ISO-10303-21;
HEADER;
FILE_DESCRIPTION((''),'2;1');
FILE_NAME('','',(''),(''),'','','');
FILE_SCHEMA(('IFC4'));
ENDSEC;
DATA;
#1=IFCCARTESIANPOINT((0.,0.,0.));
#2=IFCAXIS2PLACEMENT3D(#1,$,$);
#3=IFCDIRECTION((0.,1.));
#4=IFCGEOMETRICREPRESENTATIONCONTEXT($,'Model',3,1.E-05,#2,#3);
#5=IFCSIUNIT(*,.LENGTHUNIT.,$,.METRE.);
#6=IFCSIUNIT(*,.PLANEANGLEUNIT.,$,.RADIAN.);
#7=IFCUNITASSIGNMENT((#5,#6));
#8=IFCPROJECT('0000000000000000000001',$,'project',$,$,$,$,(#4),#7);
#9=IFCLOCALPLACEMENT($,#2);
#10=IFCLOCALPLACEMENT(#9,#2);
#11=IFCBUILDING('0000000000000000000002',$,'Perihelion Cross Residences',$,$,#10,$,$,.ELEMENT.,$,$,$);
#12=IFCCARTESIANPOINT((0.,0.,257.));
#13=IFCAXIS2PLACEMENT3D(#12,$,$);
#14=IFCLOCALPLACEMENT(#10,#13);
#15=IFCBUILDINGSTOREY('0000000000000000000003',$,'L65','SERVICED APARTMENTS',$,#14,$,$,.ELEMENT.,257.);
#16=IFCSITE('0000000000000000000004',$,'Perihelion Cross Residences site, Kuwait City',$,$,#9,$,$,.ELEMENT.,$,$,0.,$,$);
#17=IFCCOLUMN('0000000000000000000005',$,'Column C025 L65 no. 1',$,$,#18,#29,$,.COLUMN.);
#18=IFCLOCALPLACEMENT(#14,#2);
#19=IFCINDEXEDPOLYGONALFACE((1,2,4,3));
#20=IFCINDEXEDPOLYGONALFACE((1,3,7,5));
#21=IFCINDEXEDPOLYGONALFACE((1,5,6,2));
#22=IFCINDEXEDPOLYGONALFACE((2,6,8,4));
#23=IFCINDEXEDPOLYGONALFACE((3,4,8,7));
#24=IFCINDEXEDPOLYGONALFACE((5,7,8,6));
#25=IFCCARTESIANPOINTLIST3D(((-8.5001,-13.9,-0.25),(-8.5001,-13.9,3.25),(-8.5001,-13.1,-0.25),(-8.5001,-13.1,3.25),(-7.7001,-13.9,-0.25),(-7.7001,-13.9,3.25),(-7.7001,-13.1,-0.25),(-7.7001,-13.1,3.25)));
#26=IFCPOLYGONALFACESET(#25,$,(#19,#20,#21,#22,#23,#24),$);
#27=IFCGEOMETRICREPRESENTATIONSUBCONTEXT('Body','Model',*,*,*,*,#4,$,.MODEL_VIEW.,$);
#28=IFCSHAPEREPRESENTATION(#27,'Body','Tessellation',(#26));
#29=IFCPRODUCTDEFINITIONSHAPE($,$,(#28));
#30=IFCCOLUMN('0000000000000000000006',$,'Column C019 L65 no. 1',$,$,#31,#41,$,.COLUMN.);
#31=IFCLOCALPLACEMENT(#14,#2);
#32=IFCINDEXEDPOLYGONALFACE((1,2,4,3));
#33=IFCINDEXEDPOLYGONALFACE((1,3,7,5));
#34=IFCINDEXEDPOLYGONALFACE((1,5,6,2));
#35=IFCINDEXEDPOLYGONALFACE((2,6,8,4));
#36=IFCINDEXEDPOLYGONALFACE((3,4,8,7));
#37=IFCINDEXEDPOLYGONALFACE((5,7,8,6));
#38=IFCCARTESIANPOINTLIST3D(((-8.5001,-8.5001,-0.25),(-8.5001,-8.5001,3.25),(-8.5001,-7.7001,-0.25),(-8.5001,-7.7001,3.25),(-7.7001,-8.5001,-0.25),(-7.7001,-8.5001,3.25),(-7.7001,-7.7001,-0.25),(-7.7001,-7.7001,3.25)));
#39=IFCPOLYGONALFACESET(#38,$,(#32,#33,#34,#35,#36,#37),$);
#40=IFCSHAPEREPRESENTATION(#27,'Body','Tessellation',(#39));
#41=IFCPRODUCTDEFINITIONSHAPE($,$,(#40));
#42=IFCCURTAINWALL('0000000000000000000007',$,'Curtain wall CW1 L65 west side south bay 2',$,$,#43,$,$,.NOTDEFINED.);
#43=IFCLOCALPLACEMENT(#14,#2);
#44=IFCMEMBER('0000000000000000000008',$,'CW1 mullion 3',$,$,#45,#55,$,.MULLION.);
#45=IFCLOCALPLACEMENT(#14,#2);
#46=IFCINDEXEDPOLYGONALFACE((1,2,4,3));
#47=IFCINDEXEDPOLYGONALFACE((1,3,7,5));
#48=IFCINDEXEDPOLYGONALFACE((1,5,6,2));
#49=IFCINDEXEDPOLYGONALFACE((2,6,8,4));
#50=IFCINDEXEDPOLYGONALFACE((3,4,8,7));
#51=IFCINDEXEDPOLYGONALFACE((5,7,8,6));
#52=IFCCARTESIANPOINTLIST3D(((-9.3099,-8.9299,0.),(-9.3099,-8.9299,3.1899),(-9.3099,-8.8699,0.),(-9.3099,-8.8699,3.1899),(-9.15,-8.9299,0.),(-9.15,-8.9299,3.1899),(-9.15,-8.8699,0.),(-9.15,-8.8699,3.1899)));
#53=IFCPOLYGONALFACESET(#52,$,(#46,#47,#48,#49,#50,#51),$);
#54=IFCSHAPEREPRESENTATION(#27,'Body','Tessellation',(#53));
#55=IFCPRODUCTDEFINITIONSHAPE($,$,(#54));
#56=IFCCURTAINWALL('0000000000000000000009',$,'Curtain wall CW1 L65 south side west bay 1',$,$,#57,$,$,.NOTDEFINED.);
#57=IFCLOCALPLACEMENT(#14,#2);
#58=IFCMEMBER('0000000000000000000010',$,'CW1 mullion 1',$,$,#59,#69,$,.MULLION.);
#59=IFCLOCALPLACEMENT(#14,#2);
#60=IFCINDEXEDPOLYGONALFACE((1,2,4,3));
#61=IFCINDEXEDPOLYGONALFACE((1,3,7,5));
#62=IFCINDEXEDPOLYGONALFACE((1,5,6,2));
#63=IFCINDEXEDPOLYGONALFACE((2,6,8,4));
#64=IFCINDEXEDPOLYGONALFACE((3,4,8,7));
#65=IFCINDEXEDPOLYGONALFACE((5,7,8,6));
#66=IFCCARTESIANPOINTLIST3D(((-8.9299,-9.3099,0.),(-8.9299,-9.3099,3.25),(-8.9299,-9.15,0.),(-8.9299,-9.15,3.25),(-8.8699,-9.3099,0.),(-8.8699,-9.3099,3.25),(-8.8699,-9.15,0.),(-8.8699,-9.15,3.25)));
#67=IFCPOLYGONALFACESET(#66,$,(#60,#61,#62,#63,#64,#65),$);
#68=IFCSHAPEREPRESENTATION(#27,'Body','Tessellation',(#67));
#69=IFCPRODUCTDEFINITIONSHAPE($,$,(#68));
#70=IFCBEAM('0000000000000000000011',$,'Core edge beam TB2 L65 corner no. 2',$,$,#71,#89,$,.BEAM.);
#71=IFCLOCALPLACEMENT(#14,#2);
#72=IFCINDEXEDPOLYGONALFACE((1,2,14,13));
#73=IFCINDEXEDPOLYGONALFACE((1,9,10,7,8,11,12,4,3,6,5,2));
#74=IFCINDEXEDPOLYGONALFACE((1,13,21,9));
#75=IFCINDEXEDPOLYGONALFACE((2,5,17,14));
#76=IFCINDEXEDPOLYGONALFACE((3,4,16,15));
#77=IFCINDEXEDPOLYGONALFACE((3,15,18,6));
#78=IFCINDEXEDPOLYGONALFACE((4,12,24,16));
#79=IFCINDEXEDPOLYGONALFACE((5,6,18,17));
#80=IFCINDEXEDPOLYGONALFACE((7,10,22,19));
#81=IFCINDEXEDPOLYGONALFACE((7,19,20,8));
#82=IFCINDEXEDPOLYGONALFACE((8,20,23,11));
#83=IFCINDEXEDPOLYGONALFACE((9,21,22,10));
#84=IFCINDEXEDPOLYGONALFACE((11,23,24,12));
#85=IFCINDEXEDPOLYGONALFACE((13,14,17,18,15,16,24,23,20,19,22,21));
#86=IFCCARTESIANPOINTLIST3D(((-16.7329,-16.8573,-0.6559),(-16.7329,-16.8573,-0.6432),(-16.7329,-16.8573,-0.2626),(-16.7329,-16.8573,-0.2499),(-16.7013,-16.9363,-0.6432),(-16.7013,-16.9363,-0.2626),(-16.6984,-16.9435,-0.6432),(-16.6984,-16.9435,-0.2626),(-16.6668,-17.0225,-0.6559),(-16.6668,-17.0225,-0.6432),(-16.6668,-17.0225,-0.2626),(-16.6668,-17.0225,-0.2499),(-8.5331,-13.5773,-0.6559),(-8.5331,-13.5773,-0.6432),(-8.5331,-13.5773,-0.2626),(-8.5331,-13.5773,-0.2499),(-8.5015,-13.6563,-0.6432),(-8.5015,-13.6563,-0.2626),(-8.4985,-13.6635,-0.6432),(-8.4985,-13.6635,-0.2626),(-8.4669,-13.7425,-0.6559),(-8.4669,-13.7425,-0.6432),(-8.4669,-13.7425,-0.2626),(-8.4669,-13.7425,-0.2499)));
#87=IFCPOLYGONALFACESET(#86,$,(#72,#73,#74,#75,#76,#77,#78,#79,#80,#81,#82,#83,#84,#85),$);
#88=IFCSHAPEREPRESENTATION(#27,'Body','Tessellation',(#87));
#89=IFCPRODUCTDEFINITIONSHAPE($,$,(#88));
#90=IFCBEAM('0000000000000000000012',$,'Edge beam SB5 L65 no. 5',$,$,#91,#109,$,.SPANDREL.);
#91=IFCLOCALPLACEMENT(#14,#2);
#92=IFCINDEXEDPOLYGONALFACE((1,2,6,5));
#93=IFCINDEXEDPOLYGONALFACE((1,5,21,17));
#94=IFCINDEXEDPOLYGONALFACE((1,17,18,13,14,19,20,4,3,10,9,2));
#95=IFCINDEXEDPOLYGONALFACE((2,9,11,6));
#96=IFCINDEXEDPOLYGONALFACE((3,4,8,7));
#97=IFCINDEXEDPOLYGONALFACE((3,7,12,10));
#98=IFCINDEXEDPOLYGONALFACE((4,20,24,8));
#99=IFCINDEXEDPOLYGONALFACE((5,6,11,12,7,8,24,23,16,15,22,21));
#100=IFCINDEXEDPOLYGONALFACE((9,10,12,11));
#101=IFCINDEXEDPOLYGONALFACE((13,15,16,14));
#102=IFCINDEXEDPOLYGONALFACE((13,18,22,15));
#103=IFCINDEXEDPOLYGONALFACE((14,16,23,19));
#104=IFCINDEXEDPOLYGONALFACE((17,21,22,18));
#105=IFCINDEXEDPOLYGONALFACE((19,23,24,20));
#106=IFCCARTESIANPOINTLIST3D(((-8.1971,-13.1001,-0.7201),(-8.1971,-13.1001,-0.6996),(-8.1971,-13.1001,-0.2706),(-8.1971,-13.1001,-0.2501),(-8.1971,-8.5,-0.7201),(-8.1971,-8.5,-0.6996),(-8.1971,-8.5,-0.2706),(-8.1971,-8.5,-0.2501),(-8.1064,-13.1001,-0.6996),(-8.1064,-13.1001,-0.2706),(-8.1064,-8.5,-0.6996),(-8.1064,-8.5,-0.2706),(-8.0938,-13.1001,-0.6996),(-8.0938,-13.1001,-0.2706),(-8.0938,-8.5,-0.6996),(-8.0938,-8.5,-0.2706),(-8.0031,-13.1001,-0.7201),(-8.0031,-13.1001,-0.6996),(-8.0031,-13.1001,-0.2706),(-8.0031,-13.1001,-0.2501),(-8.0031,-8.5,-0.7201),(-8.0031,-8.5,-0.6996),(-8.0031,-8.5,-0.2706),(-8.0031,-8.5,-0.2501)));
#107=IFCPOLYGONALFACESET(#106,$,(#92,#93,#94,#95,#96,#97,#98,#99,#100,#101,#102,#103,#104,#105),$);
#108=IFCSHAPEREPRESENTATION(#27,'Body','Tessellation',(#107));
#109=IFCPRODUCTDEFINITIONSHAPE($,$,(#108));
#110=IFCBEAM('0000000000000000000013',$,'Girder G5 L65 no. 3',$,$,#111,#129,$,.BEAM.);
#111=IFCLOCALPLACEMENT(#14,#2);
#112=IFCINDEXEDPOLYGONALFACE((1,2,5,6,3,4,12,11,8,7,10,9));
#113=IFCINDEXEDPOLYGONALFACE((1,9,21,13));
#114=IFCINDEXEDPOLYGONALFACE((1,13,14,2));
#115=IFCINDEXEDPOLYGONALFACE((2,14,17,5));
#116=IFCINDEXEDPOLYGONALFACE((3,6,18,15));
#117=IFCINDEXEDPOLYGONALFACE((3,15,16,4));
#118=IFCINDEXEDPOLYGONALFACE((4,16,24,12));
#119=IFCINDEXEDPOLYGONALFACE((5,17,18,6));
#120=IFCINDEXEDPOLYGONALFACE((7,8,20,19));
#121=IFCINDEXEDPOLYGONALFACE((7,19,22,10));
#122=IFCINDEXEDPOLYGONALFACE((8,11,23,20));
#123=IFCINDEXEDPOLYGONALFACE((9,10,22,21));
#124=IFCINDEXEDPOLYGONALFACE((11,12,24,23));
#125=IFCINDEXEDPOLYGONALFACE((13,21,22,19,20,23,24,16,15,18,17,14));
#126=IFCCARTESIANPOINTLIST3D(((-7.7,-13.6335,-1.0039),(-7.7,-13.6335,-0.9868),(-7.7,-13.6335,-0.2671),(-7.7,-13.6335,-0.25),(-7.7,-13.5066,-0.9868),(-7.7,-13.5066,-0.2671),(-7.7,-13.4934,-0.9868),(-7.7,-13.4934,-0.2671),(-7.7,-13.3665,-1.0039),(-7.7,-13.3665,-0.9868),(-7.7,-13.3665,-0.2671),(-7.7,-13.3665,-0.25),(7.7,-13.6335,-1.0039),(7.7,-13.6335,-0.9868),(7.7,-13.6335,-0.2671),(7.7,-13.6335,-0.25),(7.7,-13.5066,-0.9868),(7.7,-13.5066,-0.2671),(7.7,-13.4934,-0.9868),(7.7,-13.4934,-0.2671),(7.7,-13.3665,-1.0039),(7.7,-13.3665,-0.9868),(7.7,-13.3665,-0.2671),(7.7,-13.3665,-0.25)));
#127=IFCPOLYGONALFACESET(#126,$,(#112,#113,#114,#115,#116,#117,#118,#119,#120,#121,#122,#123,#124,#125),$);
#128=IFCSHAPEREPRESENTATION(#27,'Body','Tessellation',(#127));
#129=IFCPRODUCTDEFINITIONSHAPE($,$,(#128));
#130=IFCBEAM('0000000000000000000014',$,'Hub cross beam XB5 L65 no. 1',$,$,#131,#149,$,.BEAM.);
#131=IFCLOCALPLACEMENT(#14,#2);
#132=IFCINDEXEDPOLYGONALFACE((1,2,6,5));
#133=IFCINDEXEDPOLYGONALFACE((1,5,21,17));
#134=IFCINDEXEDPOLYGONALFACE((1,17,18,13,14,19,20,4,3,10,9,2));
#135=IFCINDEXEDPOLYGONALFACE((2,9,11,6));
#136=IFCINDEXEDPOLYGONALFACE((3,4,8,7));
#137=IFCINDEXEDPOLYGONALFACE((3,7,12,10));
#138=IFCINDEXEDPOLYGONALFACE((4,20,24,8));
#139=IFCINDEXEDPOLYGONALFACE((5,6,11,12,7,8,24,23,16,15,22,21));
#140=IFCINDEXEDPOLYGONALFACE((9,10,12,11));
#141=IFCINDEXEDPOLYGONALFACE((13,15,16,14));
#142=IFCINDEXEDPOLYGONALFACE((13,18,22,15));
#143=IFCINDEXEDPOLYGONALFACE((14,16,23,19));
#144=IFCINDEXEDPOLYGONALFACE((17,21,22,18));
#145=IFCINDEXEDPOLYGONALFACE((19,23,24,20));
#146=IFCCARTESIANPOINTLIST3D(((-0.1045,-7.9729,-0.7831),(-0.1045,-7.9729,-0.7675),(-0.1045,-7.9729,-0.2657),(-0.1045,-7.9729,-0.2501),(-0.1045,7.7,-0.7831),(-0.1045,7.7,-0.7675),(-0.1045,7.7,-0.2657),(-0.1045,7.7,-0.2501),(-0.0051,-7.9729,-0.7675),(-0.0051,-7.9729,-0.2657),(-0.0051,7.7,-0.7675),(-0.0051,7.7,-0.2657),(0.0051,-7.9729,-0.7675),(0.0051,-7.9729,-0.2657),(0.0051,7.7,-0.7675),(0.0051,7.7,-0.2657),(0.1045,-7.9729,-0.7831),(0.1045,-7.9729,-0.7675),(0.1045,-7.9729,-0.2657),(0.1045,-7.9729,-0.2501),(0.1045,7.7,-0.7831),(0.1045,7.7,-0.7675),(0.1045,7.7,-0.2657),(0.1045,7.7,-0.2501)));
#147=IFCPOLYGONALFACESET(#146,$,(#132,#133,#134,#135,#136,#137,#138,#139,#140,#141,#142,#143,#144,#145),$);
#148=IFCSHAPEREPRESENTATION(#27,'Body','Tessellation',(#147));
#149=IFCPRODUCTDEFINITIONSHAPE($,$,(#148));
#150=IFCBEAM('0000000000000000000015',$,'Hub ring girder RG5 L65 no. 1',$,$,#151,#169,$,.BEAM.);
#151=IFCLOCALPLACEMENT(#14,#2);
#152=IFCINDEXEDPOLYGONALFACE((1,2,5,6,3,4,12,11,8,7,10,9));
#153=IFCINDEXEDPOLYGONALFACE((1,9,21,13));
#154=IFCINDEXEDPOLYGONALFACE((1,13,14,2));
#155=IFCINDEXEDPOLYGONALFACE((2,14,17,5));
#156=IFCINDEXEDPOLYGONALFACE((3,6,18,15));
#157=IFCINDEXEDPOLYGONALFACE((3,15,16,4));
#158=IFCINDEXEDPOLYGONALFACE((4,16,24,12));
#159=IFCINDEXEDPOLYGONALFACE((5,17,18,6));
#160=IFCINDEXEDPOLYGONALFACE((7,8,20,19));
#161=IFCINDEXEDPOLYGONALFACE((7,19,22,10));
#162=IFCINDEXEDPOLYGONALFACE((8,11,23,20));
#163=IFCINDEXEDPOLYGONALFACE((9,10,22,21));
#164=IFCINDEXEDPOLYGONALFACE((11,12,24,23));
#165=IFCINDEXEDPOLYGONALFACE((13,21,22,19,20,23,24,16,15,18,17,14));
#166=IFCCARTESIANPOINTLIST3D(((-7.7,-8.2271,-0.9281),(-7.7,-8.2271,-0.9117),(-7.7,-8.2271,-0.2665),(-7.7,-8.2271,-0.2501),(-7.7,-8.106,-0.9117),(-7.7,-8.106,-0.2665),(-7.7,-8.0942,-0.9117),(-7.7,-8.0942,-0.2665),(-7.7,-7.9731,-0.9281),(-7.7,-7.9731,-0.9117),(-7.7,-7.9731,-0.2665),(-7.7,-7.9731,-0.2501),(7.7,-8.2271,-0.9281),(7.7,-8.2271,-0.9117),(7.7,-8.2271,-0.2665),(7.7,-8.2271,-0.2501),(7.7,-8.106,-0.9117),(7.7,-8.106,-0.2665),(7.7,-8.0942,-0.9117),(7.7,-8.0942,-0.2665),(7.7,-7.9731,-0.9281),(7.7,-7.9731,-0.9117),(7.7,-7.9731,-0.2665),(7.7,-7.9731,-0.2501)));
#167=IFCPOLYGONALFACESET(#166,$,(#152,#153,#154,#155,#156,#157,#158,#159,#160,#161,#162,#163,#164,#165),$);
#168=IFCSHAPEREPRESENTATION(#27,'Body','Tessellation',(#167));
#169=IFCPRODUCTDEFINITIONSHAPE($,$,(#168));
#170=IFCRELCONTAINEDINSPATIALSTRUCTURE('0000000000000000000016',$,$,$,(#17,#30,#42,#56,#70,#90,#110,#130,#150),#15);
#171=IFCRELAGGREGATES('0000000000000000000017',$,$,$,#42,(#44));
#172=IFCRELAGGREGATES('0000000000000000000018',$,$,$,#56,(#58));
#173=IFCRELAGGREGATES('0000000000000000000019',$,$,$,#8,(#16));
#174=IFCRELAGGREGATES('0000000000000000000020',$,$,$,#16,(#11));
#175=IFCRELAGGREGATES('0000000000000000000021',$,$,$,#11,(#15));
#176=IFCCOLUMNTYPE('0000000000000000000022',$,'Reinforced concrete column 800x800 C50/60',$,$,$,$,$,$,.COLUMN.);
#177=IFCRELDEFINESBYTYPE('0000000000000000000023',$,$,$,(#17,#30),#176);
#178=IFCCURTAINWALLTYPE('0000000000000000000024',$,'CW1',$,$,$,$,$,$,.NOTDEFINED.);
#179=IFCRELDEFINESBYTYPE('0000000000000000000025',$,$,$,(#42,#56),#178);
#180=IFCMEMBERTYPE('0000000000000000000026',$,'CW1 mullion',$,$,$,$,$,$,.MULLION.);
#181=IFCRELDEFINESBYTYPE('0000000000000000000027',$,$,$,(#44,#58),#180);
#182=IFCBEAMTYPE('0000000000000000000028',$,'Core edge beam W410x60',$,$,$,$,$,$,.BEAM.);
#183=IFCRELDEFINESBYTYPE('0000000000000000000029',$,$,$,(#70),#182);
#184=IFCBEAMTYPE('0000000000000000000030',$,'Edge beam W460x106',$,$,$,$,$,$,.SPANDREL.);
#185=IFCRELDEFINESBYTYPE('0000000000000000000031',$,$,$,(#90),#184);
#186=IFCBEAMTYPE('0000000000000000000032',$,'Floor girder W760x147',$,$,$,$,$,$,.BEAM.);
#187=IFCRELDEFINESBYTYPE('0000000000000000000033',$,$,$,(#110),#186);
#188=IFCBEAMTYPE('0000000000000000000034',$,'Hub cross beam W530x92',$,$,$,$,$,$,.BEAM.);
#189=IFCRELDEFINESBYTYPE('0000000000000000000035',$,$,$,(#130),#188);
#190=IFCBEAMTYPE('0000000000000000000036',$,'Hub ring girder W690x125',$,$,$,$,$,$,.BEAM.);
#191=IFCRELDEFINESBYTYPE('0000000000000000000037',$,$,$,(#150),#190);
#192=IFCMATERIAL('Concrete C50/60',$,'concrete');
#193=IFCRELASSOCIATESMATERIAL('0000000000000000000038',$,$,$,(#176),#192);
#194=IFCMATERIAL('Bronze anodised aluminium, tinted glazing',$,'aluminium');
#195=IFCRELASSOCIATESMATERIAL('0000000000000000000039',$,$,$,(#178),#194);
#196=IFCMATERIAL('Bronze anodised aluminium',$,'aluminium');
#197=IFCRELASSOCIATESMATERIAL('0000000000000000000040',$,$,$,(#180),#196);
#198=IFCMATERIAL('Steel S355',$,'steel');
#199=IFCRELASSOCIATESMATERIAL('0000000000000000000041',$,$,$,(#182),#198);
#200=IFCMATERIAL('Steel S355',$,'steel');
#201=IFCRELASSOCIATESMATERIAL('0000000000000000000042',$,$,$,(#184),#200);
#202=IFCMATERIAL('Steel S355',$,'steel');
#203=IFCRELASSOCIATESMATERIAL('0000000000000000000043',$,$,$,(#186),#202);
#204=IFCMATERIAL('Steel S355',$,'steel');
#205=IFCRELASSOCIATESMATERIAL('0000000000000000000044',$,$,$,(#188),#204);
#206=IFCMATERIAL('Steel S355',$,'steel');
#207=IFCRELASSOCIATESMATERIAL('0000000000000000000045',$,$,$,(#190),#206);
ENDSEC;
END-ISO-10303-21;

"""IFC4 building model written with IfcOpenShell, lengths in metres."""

from ifc_helpers import new_model, si_unit, direction, frame, origin, origin_2d, place, context, subcontext, project, spatial, rectangle, i_section, extrude, material, material_profile, profile_set, type_object, element, aggregate, save


model = new_model("IFC4")

# Units and contexts
model_context = context("Model", 3, precision=1e-05, world=origin(), true_north=direction((0.0, 1.0)))
body_context = subcontext(model_context, "Body", "Model", "MODEL_VIEW")
ifc_project = project(units=[si_unit("LENGTHUNIT", "METRE"), si_unit("PLANEANGLEUNIT", "RADIAN")], contexts=[model_context])

# Site, building, storey
site_placement = place(None, origin())
site = spatial("IfcSite", under=ifc_project, at=site_placement, Name="Perihelion Cross Residences site, Kuwait City", CompositionType="ELEMENT", RefElevation=0.0)
building_placement = place(site_placement, origin())
building = spatial("IfcBuilding", under=site, at=building_placement, Name="Perihelion Cross Residences", CompositionType="ELEMENT")
storey_placement = place(building_placement, frame((0.0, 0.0, 257.0)))
storey = spatial("IfcBuildingStorey", under=building, at=storey_placement, Name="L65", Description="SERVICED APARTMENTS", CompositionType="ELEMENT", Elevation=257.0)

# Columns
ifc_material_1 = material(Name="Concrete C50/60", Category="concrete")
ifc_material_profile_1 = material_profile(ifc_material_1, rectangle(XDim=0.8, YDim=0.8, at=origin_2d()), Name="RC 800x800")
ifc_profile_set_1 = profile_set([ifc_material_profile_1], Name="Concrete C50/60")
column_type = type_object("IfcColumnType", Name="Reinforced concrete column 800x800 C50/60", PredefinedType="COLUMN", material=ifc_profile_set_1)
for number, where, z_axis, x_axis, name in (
    (1, (-8.1001, -13.5, -0.25), (0.0, 0.0, 1.0), (1.0, 0.0, 0.0), "Column C025 L65 no. 1"),
    (2, (-8.1001, -8.1001, -0.25), (0.0, 0.0, 1.0), (1.0, 0.0, 0.0), "Column C019 L65 no. 1"),
):
    element("IfcColumn", number, at=place(storey_placement, frame(where, z_axis=z_axis, x_axis=x_axis)), inside=storey, type_object=column_type, Name=name, PredefinedType="COLUMN", context=body_context, shape_type="SweptSolid", body=[
        extrude(rectangle(XDim=0.8, YDim=0.8, at=origin_2d()), origin(), (0.0, 0.0, 1.0), 3.5),
    ])

# Curtain walls, members
ifc_material_2 = material(Name="Bronze anodised aluminium, tinted glazing", Category="aluminium")
curtain_wall_type = type_object("IfcCurtainWallType", Name="CW1", PredefinedType="NOTDEFINED", material=ifc_material_2)
curtain_wall_1_placement = place(storey_placement, origin())
curtain_wall_1 = element("IfcCurtainWall", 3, at=curtain_wall_1_placement, inside=storey, type_object=curtain_wall_type, Name="Curtain wall CW1 L65 west side south bay 2", PredefinedType="NOTDEFINED")
ifc_material_3 = material(Name="Bronze anodised aluminium", Category="aluminium")
ifc_material_profile_2 = material_profile(ifc_material_3, rectangle(XDim=0.0601, YDim=0.1599, at=origin_2d()), Name="CW1 mullion")
ifc_profile_set_2 = profile_set([ifc_material_profile_2], Name="Bronze anodised aluminium")
member_type = type_object("IfcMemberType", Name="CW1 mullion", PredefinedType="MULLION", material=ifc_profile_set_2)
member_1_placement = place(storey_placement, frame((-9.23, -8.8999, 0.0), z_axis=(0.0, 0.0, 1.0), x_axis=(0.0, 1.0, 0.0)))
member_1 = element("IfcMember", 4, at=member_1_placement, type_object=member_type, Name="CW1 mullion 3", PredefinedType="MULLION", context=body_context, shape_type="SweptSolid", body=[
    extrude(rectangle(XDim=0.0601, YDim=0.1599, at=origin_2d()), origin(), (0.0, 0.0, 1.0), 3.1899),
])
curtain_wall_2_placement = place(storey_placement, origin())
curtain_wall_2 = element("IfcCurtainWall", 5, at=curtain_wall_2_placement, inside=storey, type_object=curtain_wall_type, Name="Curtain wall CW1 L65 south side west bay 1", PredefinedType="NOTDEFINED")
member_2_placement = place(storey_placement, frame((-8.8999, -9.23, 0.0), z_axis=(0.0, 0.0, 1.0), x_axis=(1.0, 0.0, 0.0)))
member_2 = element("IfcMember", 6, at=member_2_placement, type_object=member_type, Name="CW1 mullion 1", PredefinedType="MULLION", context=body_context, shape_type="SweptSolid", body=[
    extrude(rectangle(XDim=0.0601, YDim=0.1599, at=origin_2d()), origin(), (0.0, 0.0, 1.0), 3.25),
])

# Beams
ifc_material_4 = material(Name="Steel S355", Category="steel")
ifc_material_profile_3 = material_profile(ifc_material_4, i_section(OverallWidth=0.178, OverallDepth=0.406, WebThickness=0.0078, FlangeThickness=0.0127, at=origin_2d()), Name="W410x60")
ifc_profile_set_3 = profile_set([ifc_material_profile_3], Name="Steel S355")
beam_type_1 = type_object("IfcBeamType", Name="Core edge beam W410x60", PredefinedType="BEAM", material=ifc_profile_set_3)
beam_1_placement = place(storey_placement, frame((-8.5, -13.6599, -0.4529), z_axis=(-0.928475, -0.371395, 0.0), x_axis=(0.371395, -0.928475, 0.0)))
element("IfcBeam", 7, at=beam_1_placement, inside=storey, type_object=beam_type_1, Name="Core edge beam TB2 L65 corner no. 2", PredefinedType="BEAM", context=body_context, shape_type="SweptSolid", body=[
    extrude(i_section(OverallWidth=0.178, OverallDepth=0.406, WebThickness=0.0078, FlangeThickness=0.0127, at=origin_2d()), origin(), (0.0, 0.0, 1.0), 8.8315),
])
ifc_material_5 = material(Name="Steel S355", Category="steel")
ifc_material_profile_4 = material_profile(ifc_material_5, i_section(OverallWidth=0.1941, OverallDepth=0.47, WebThickness=0.0127, FlangeThickness=0.0205, at=origin_2d()), Name="W460x106")
ifc_profile_set_4 = profile_set([ifc_material_profile_4], Name="Steel S355")
beam_type_2 = type_object("IfcBeamType", Name="Edge beam W460x106", PredefinedType="SPANDREL", material=ifc_profile_set_4)
beam_2_placement = place(storey_placement, frame((-8.1001, -8.5, -0.4851), z_axis=(0.0, -1.0, 0.0), x_axis=(1.0, 0.0, 0.0)))
element("IfcBeam", 8, at=beam_2_placement, inside=storey, type_object=beam_type_2, Name="Edge beam SB5 L65 no. 5", PredefinedType="SPANDREL", context=body_context, shape_type="SweptSolid", body=[
    extrude(i_section(OverallWidth=0.1941, OverallDepth=0.47, WebThickness=0.0127, FlangeThickness=0.0205, at=origin_2d()), origin(), (0.0, 0.0, 1.0), 4.6001),
])
ifc_material_6 = material(Name="Steel S355", Category="steel")
ifc_material_profile_5 = material_profile(ifc_material_6, i_section(OverallWidth=0.2671, OverallDepth=0.7539, WebThickness=0.0132, FlangeThickness=0.0171, at=origin_2d()), Name="W760x147")
ifc_profile_set_5 = profile_set([ifc_material_profile_5], Name="Steel S355")
beam_type_3 = type_object("IfcBeamType", Name="Floor girder W760x147", PredefinedType="BEAM", material=ifc_profile_set_5)
beam_3_placement = place(storey_placement, frame((-7.7, -13.5, -0.627), z_axis=(1.0, 0.0, 0.0), x_axis=(0.0, 1.0, 0.0)))
element("IfcBeam", 9, at=beam_3_placement, inside=storey, type_object=beam_type_3, Name="Girder G5 L65 no. 3", PredefinedType="BEAM", context=body_context, shape_type="SweptSolid", body=[
    extrude(i_section(OverallWidth=0.2671, OverallDepth=0.7539, WebThickness=0.0132, FlangeThickness=0.0171, at=origin_2d()), origin(), (0.0, 0.0, 1.0), 15.3999),
])
ifc_material_7 = material(Name="Steel S355", Category="steel")
ifc_material_profile_6 = material_profile(ifc_material_7, i_section(OverallWidth=0.209, OverallDepth=0.533, WebThickness=0.0103, FlangeThickness=0.0156, at=origin_2d()), Name="W530x92")
ifc_profile_set_6 = profile_set([ifc_material_profile_6], Name="Steel S355")
beam_type_4 = type_object("IfcBeamType", Name="Hub cross beam W530x92", PredefinedType="BEAM", material=ifc_profile_set_6)
beam_4_placement = place(storey_placement, frame((0.0, -7.9729, -0.5166), z_axis=(0.0, 1.0, 0.0), x_axis=(-1.0, 0.0, 0.0)))
element("IfcBeam", 10, at=beam_4_placement, inside=storey, type_object=beam_type_4, Name="Hub cross beam XB5 L65 no. 1", PredefinedType="BEAM", context=body_context, shape_type="SweptSolid", body=[
    extrude(i_section(OverallWidth=0.209, OverallDepth=0.533, WebThickness=0.0103, FlangeThickness=0.0156, at=origin_2d()), origin(), (0.0, 0.0, 1.0), 15.6729),
])
ifc_material_8 = material(Name="Steel S355", Category="steel")
ifc_material_profile_7 = material_profile(ifc_material_8, i_section(OverallWidth=0.2539, OverallDepth=0.678, WebThickness=0.0117, FlangeThickness=0.0164, at=origin_2d()), Name="W690x125")
ifc_profile_set_7 = profile_set([ifc_material_profile_7], Name="Steel S355")
beam_type_5 = type_object("IfcBeamType", Name="Hub ring girder W690x125", PredefinedType="BEAM", material=ifc_profile_set_7)
beam_5_placement = place(storey_placement, frame((-7.7, -8.1001, -0.5891), z_axis=(1.0, 0.0, 0.0), x_axis=(0.0, 1.0, 0.0)))
element("IfcBeam", 11, at=beam_5_placement, inside=storey, type_object=beam_type_5, Name="Hub ring girder RG5 L65 no. 1", PredefinedType="BEAM", context=body_context, shape_type="SweptSolid", body=[
    extrude(i_section(OverallWidth=0.2539, OverallDepth=0.678, WebThickness=0.0117, FlangeThickness=0.0164, at=origin_2d()), origin(), (0.0, 0.0, 1.0), 15.3999),
])

aggregate(curtain_wall_1, [member_1])
aggregate(curtain_wall_2, [member_2])

save(model, "model.ifc")
